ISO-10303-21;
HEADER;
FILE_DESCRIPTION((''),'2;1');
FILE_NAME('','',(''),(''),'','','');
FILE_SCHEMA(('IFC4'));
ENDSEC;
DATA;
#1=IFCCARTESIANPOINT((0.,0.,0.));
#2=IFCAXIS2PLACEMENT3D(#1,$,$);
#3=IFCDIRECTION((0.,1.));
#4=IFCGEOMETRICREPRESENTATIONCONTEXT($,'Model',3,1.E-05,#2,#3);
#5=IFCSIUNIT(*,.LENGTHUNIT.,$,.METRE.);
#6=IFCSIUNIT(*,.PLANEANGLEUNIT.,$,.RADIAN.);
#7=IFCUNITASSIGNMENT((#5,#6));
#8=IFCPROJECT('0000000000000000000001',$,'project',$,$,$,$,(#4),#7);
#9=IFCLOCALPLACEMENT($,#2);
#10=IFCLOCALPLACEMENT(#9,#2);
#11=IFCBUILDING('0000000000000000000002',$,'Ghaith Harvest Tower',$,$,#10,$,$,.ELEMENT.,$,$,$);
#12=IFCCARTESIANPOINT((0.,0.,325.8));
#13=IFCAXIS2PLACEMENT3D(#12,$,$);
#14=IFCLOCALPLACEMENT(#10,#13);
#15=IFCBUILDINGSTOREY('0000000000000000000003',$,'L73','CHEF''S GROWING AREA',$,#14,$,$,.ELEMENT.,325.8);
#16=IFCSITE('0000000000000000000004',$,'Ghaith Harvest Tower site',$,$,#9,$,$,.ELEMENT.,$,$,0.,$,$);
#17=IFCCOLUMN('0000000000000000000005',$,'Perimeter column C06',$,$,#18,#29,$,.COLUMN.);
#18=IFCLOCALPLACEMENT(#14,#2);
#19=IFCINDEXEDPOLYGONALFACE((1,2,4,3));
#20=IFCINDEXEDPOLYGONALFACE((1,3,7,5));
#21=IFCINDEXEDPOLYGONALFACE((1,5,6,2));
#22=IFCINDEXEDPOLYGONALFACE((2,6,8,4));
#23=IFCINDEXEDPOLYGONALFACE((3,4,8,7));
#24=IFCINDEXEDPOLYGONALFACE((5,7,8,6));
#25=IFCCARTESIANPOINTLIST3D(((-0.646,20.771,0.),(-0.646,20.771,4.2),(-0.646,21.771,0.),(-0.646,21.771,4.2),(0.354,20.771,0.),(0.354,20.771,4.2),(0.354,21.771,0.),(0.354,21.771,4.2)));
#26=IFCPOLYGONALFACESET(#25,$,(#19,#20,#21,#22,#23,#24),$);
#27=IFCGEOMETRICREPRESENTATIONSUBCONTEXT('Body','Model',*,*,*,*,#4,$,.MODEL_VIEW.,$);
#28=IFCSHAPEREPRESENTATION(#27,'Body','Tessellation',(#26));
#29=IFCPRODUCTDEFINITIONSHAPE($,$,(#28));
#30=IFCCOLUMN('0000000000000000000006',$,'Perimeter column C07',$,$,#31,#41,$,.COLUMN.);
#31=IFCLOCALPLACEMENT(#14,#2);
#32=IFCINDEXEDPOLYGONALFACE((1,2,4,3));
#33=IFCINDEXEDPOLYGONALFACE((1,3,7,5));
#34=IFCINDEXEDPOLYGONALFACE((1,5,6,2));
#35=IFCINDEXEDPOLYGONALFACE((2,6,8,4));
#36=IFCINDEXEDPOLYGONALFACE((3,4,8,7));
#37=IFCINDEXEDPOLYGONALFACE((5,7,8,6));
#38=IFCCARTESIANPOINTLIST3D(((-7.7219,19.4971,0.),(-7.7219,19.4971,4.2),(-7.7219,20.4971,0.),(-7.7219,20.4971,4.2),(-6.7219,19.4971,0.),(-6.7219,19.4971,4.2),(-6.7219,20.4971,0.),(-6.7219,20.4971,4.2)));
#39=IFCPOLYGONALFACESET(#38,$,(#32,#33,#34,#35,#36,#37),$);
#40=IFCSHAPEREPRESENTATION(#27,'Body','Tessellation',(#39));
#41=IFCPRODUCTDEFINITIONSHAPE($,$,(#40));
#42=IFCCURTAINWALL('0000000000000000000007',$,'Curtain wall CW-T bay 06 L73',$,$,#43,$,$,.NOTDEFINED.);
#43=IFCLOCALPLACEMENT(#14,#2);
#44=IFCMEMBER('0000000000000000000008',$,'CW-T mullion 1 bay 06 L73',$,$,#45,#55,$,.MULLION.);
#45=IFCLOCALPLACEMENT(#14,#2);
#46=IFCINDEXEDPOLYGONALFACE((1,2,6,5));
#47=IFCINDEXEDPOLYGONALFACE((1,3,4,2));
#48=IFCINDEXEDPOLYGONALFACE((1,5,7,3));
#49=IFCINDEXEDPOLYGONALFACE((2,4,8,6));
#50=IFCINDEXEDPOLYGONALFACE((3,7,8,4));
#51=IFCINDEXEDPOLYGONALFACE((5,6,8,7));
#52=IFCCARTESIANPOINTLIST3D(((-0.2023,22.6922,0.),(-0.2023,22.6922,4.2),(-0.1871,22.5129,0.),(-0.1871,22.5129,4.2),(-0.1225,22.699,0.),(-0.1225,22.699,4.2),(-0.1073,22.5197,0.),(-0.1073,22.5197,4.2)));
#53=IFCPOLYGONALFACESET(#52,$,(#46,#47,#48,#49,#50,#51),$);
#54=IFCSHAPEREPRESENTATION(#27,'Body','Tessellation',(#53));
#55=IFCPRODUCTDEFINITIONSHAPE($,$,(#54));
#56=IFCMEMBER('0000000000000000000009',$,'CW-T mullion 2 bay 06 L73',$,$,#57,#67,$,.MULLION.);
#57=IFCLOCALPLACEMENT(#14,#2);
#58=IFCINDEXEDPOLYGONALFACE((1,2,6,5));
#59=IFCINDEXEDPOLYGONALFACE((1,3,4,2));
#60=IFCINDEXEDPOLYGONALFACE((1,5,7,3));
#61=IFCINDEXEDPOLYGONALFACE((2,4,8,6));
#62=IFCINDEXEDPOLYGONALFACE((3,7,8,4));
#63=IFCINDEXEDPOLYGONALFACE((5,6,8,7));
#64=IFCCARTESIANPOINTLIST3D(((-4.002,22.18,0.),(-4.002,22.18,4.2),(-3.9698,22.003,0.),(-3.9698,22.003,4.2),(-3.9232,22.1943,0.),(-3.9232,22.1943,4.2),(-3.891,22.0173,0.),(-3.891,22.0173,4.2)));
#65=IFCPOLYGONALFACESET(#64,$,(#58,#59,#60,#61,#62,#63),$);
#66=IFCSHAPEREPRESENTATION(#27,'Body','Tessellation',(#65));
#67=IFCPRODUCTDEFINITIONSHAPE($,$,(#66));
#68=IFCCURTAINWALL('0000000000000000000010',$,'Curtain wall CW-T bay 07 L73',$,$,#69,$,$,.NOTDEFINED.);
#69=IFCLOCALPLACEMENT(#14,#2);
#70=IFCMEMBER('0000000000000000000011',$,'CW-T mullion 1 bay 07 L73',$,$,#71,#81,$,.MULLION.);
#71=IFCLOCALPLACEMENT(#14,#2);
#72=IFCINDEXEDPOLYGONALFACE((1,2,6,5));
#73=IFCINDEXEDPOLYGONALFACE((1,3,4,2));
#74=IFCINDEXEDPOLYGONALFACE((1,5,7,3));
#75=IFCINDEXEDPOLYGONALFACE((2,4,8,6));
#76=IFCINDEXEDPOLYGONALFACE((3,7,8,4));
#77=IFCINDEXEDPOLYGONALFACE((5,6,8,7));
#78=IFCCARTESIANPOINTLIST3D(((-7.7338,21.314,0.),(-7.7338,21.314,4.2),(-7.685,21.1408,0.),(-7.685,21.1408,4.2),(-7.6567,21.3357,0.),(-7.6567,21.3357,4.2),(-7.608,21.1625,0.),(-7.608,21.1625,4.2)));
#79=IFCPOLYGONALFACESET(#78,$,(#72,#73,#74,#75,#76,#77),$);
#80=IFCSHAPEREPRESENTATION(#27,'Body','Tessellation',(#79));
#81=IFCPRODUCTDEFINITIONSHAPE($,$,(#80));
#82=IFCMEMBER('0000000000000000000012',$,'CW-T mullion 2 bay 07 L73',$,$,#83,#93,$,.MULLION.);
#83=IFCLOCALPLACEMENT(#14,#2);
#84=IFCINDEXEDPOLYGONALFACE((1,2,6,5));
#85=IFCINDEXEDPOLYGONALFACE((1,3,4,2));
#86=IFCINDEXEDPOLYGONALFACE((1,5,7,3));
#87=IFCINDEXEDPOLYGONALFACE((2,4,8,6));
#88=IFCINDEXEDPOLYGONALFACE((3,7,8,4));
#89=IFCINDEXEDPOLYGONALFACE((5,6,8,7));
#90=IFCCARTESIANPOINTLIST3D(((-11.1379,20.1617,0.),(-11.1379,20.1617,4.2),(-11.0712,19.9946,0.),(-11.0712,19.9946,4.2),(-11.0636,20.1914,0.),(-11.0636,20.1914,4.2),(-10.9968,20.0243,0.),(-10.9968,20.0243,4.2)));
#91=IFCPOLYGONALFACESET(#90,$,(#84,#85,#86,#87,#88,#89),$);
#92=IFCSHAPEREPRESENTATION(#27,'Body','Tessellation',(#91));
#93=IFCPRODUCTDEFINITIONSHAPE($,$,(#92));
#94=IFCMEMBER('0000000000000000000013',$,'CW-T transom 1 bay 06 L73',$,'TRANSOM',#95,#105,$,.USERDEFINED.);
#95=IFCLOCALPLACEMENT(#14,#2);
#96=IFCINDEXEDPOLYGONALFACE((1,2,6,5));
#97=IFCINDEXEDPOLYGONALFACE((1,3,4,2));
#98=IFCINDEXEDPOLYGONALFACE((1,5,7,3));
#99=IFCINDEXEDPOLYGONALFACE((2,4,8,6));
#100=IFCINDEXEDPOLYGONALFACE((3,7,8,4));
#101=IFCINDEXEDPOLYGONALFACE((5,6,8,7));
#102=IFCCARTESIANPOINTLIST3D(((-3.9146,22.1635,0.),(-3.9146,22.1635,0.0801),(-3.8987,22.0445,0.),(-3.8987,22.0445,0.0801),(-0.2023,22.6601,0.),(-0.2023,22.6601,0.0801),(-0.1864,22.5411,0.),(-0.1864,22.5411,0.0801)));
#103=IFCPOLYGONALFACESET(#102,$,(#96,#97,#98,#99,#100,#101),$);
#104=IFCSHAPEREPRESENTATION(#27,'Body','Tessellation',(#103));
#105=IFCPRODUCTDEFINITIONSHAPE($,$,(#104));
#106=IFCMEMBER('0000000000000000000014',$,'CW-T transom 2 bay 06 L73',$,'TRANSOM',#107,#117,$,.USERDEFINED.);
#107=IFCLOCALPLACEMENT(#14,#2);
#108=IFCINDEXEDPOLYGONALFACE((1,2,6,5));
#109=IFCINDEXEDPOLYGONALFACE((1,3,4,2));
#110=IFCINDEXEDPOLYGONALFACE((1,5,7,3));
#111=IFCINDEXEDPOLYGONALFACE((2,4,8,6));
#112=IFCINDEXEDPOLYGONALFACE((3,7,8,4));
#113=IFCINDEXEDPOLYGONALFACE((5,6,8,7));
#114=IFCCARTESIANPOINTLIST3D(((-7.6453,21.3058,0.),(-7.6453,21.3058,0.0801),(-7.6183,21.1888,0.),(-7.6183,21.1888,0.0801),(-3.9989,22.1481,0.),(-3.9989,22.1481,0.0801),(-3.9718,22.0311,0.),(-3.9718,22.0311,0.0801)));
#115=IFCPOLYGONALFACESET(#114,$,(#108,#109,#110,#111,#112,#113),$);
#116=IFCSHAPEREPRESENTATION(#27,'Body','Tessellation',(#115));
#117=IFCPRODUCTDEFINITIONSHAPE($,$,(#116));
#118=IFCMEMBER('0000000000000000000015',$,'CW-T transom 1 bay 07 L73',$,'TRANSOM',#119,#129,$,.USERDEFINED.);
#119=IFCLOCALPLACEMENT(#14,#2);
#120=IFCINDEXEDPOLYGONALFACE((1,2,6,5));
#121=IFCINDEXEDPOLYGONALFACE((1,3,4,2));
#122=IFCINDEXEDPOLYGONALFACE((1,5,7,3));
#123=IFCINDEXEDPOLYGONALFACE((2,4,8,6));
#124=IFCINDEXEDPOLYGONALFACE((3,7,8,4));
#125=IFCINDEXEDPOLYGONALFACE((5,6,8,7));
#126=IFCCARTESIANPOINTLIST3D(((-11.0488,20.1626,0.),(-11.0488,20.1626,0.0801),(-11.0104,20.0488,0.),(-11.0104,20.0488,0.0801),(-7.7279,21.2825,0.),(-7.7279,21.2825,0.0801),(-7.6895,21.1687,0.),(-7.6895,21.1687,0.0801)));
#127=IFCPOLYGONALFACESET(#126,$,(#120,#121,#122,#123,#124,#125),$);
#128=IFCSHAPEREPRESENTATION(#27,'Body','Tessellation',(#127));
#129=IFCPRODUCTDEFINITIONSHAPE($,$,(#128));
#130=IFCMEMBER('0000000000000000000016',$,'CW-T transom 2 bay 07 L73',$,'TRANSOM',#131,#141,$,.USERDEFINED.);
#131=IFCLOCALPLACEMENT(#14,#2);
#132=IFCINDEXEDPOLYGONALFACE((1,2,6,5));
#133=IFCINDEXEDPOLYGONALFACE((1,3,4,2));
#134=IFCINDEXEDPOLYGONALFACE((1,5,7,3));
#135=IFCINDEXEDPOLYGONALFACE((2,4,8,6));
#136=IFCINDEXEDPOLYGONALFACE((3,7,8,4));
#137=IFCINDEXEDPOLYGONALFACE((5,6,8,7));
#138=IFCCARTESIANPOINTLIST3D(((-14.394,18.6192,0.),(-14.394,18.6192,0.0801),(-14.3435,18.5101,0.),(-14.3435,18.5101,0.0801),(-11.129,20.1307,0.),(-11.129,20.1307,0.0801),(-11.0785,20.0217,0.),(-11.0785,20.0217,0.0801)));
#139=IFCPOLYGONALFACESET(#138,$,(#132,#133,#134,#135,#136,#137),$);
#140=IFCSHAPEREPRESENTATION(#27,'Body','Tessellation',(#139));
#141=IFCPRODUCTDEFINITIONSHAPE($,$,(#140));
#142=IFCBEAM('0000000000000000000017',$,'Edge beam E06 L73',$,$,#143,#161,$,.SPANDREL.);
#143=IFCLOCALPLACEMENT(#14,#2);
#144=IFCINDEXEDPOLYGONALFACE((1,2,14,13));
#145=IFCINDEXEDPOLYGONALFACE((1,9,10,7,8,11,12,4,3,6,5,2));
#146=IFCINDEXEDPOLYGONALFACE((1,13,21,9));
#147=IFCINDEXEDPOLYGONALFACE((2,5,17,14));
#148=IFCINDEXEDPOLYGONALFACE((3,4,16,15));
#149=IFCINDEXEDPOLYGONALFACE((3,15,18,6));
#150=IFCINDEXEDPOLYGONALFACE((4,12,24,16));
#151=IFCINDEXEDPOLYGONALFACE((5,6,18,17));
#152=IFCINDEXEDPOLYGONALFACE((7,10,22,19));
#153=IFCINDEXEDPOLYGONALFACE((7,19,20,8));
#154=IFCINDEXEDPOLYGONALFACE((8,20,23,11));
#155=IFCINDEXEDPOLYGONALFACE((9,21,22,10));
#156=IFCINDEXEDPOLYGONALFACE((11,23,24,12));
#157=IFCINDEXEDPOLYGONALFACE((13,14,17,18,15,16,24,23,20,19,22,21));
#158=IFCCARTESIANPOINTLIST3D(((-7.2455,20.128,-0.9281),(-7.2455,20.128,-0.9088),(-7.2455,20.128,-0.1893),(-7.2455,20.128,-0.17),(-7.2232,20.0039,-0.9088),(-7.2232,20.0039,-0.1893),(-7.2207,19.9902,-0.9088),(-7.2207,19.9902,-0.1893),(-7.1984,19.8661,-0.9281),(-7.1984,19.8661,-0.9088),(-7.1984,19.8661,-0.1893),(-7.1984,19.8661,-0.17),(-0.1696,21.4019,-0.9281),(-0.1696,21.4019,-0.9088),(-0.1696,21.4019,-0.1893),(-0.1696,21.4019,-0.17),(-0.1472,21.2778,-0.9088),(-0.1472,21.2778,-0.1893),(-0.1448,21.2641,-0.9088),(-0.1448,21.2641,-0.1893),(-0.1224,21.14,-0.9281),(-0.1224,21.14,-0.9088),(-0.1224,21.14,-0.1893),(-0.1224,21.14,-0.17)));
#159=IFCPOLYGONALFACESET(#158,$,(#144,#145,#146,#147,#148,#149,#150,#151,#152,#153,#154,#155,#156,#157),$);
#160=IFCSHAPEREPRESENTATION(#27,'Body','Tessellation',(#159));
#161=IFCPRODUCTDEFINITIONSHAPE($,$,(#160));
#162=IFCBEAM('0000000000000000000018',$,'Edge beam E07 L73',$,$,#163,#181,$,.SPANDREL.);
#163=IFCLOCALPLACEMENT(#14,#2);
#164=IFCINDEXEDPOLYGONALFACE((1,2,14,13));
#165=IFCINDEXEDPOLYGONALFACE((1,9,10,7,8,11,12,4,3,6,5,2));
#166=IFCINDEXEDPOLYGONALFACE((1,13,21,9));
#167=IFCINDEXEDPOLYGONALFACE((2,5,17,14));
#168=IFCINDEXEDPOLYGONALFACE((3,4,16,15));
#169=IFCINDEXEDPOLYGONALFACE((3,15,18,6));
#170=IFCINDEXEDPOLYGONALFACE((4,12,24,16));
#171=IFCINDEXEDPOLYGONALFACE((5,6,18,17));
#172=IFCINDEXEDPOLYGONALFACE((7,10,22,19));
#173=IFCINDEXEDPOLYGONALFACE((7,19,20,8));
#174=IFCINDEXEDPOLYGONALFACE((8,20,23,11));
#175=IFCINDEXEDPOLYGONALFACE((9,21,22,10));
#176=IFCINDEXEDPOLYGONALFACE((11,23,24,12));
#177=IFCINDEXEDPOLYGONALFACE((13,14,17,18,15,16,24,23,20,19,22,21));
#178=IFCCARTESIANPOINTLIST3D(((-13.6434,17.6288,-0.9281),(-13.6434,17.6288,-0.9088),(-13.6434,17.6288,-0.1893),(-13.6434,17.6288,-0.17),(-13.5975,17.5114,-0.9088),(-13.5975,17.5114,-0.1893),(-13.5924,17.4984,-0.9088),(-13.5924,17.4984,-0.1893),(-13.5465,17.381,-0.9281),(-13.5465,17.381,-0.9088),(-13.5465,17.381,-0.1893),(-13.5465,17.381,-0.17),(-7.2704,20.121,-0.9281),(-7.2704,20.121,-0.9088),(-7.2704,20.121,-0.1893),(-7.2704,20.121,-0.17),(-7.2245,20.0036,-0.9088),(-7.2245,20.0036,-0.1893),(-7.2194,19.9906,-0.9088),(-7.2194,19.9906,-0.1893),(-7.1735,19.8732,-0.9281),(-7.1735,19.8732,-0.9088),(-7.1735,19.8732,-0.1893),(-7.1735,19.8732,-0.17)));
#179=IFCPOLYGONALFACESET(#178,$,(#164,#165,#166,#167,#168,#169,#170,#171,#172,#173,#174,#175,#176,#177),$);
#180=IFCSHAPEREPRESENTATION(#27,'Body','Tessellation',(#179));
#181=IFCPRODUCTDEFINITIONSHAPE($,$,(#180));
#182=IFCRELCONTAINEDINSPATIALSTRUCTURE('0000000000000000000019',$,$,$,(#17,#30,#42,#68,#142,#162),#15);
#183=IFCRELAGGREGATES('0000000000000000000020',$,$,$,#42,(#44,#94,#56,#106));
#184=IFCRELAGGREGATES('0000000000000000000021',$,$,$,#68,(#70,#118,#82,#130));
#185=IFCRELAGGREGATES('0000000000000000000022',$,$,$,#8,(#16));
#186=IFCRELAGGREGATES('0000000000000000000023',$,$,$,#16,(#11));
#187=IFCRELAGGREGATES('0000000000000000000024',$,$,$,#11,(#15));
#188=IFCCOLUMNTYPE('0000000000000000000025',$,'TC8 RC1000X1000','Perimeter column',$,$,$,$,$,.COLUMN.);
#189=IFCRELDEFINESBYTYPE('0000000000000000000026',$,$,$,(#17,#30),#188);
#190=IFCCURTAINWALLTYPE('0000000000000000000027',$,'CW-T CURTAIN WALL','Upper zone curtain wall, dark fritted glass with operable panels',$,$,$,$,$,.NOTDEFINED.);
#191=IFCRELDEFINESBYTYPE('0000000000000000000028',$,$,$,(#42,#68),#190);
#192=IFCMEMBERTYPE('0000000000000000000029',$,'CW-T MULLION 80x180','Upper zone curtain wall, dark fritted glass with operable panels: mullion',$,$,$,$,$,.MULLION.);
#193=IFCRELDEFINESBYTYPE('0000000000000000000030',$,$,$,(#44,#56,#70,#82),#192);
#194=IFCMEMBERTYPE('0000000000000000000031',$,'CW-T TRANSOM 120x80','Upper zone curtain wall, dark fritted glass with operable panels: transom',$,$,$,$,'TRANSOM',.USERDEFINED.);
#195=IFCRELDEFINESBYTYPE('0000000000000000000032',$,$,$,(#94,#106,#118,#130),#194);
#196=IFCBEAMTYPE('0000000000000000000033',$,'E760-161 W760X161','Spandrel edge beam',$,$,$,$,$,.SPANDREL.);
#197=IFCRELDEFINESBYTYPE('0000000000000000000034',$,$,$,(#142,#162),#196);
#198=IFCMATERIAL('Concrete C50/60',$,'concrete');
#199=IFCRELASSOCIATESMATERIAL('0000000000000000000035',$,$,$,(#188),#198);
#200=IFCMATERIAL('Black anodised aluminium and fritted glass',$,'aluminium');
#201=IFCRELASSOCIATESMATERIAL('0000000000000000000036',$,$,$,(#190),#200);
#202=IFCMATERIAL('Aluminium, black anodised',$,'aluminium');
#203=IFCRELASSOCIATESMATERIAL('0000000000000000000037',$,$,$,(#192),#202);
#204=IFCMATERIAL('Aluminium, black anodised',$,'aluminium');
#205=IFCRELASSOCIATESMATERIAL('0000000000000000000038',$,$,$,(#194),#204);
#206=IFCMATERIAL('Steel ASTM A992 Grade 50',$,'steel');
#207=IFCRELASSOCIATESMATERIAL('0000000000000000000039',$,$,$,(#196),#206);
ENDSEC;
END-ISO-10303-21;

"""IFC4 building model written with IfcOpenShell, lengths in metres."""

from ifc_helpers import new_model, si_unit, direction, frame, origin, origin_2d, place, context, subcontext, project, spatial, rectangle, i_section, extrude, material, material_profile, profile_set, type_object, element, aggregate, save


model = new_model("IFC4")

# Units and contexts
model_context = context("Model", 3, precision=1e-05, world=origin(), true_north=direction((0.0, 1.0)))
body_context = subcontext(model_context, "Body", "Model", "MODEL_VIEW")
ifc_project = project(units=[si_unit("LENGTHUNIT", "METRE"), si_unit("PLANEANGLEUNIT", "RADIAN")], contexts=[model_context])

# Site, building, storey
site_placement = place(None, origin())
site = spatial("IfcSite", under=ifc_project, at=site_placement, Name="Ghaith Harvest Tower site", CompositionType="ELEMENT", RefElevation=0.0)
building_placement = place(site_placement, origin())
building = spatial("IfcBuilding", under=site, at=building_placement, Name="Ghaith Harvest Tower", CompositionType="ELEMENT")
storey_placement = place(building_placement, frame((0.0, 0.0, 325.8)))
storey = spatial("IfcBuildingStorey", under=building, at=storey_placement, Name="L73", Description="CHEF'S GROWING AREA", CompositionType="ELEMENT", Elevation=325.8)

# Columns
ifc_material_1 = material(Name="Concrete C50/60", Category="concrete")
ifc_material_profile_1 = material_profile(ifc_material_1, rectangle(XDim=1.0, YDim=1.0, at=origin_2d()), Name="RC1000X1000")
ifc_profile_set_1 = profile_set([ifc_material_profile_1], Name="Concrete C50/60")
column_type = type_object("IfcColumnType", Name="TC8 RC1000X1000", Description="Perimeter column", PredefinedType="COLUMN", material=ifc_profile_set_1)
for number, where, z_axis, x_axis, name in (
    (1, (-0.146, 21.271, 0.0), (0.0, 0.0, 1.0), (1.0, 0.0, 0.0), "Perimeter column C06"),
    (2, (-7.2219, 19.9971, 0.0), (0.0, 0.0, 1.0), (1.0, 0.0, 0.0), "Perimeter column C07"),
):
    element("IfcColumn", number, at=place(storey_placement, frame(where, z_axis=z_axis, x_axis=x_axis)), inside=storey, type_object=column_type, Name=name, PredefinedType="COLUMN", context=body_context, shape_type="SweptSolid", body=[
        extrude(rectangle(XDim=1.0, YDim=1.0, at=origin_2d()), origin(), (0.0, 0.0, 1.0), 4.2),
    ])

# Curtain walls, members
ifc_material_2 = material(Name="Black anodised aluminium and fritted glass", Category="aluminium")
curtain_wall_type = type_object("IfcCurtainWallType", Name="CW-T CURTAIN WALL", Description="Upper zone curtain wall, dark fritted glass with operable panels", PredefinedType="NOTDEFINED", material=ifc_material_2)
curtain_wall_1_placement = place(storey_placement, origin())
curtain_wall_1 = element("IfcCurtainWall", 3, at=curtain_wall_1_placement, inside=storey, type_object=curtain_wall_type, Name="Curtain wall CW-T bay 06 L73", PredefinedType="NOTDEFINED")
ifc_material_3 = material(Name="Aluminium, black anodised", Category="aluminium")
ifc_material_profile_2 = material_profile(ifc_material_3, rectangle(XDim=0.0801, YDim=0.1799, at=origin_2d()), Name="CW-T MULLION 80x180")
ifc_profile_set_2 = profile_set([ifc_material_profile_2], Name="Aluminium, black anodised")
member_type_1 = type_object("IfcMemberType", Name="CW-T MULLION 80x180", Description="Upper zone curtain wall, dark fritted glass with operable panels: mullion", PredefinedType="MULLION", material=ifc_profile_set_2)
member_1_placement = place(storey_placement, frame((-0.1548, 22.606, 0.0), z_axis=(0.0, 0.0, 1.0), x_axis=(-0.996415, -0.084602, 0.0)))
member_1 = element("IfcMember", 4, at=member_1_placement, type_object=member_type_1, Name="CW-T mullion 1 bay 06 L73", PredefinedType="MULLION", context=body_context, shape_type="SweptSolid", body=[
    extrude(rectangle(XDim=0.0801, YDim=0.1799, at=origin_2d()), origin(), (0.0, 0.0, 1.0), 4.2),
])
member_2_placement = place(storey_placement, frame((-3.9465, 22.0986, 0.0), z_axis=(0.0, 0.0, 1.0), x_axis=(-0.983843, -0.179031, 0.0)))
member_2 = element("IfcMember", 5, at=member_2_placement, type_object=member_type_1, Name="CW-T mullion 2 bay 06 L73", PredefinedType="MULLION", context=body_context, shape_type="SweptSolid", body=[
    extrude(rectangle(XDim=0.0801, YDim=0.1799, at=origin_2d()), origin(), (0.0, 0.0, 1.0), 4.2),
])
curtain_wall_2_placement = place(storey_placement, origin())
curtain_wall_2 = element("IfcCurtainWall", 6, at=curtain_wall_2_placement, inside=storey, type_object=curtain_wall_type, Name="Curtain wall CW-T bay 07 L73", PredefinedType="NOTDEFINED")
member_3_placement = place(storey_placement, frame((-7.6709, 21.2383, 0.0), z_axis=(0.0, 0.0, 1.0), x_axis=(-0.962552, -0.271095, 0.0)))
member_3 = element("IfcMember", 7, at=member_3_placement, type_object=member_type_1, Name="CW-T mullion 1 bay 07 L73", PredefinedType="MULLION", context=body_context, shape_type="SweptSolid", body=[
    extrude(rectangle(XDim=0.0801, YDim=0.1799, at=origin_2d()), origin(), (0.0, 0.0, 1.0), 4.2),
])
member_4_placement = place(storey_placement, frame((-11.0674, 20.093, 0.0), z_axis=(0.0, 0.0, 1.0), x_axis=(-0.928624, -0.371021, 0.0)))
member_4 = element("IfcMember", 8, at=member_4_placement, type_object=member_type_1, Name="CW-T mullion 2 bay 07 L73", PredefinedType="MULLION", context=body_context, shape_type="SweptSolid", body=[
    extrude(rectangle(XDim=0.0801, YDim=0.1799, at=origin_2d()), origin(), (0.0, 0.0, 1.0), 4.2),
])

# Members
ifc_material_4 = material(Name="Aluminium, black anodised", Category="aluminium")
ifc_material_profile_3 = material_profile(ifc_material_4, rectangle(XDim=0.1201, YDim=0.0801, at=origin_2d()), Name="CW-T TRANSOM 120x80")
ifc_profile_set_3 = profile_set([ifc_material_profile_3], Name="Aluminium, black anodised")
member_type_2 = type_object("IfcMemberType", Name="CW-T TRANSOM 120x80", Description="Upper zone curtain wall, dark fritted glass with operable panels: transom", ElementType="TRANSOM", PredefinedType="USERDEFINED", material=ifc_profile_set_3)
member_5_placement = place(storey_placement, frame((-0.1943, 22.6006, 0.04), z_axis=(-0.991172, -0.132582, 0.0), x_axis=(0.132582, -0.991172, 0.0)))
member_5 = element("IfcMember", 9, at=member_5_placement, type_object=member_type_2, Name="CW-T transom 1 bay 06 L73", ObjectType="TRANSOM", PredefinedType="USERDEFINED", context=body_context, shape_type="SweptSolid", body=[
    extrude(rectangle(XDim=0.1201, YDim=0.0801, at=origin_2d()), origin(), (0.0, 0.0, 1.0), 3.7454),
])
member_6_placement = place(storey_placement, frame((-3.9854, 22.0896, 0.04), z_axis=(-0.974345, -0.22506, 0.0), x_axis=(0.22506, -0.974345, 0.0)))
member_6 = element("IfcMember", 10, at=member_6_placement, type_object=member_type_2, Name="CW-T transom 2 bay 06 L73", ObjectType="TRANSOM", PredefinedType="USERDEFINED", context=body_context, shape_type="SweptSolid", body=[
    extrude(rectangle(XDim=0.1201, YDim=0.0801, at=origin_2d()), origin(), (0.0, 0.0, 1.0), 3.7424),
])
member_7_placement = place(storey_placement, frame((-7.7087, 21.2256, 0.04), z_axis=(-0.94757, -0.319549, 0.0), x_axis=(0.319549, -0.94757, 0.0)))
member_7 = element("IfcMember", 11, at=member_7_placement, type_object=member_type_2, Name="CW-T transom 1 bay 07 L73", ObjectType="TRANSOM", PredefinedType="USERDEFINED", context=body_context, shape_type="SweptSolid", body=[
    extrude(rectangle(XDim=0.1201, YDim=0.0801, at=origin_2d()), origin(), (0.0, 0.0, 1.0), 3.5046),
])
member_8_placement = place(storey_placement, frame((-11.1038, 20.0762, 0.04), z_axis=(-0.907472, -0.420112, 0.0), x_axis=(0.420112, -0.907472, 0.0)))
member_8 = element("IfcMember", 12, at=member_8_placement, type_object=member_type_2, Name="CW-T transom 2 bay 07 L73", ObjectType="TRANSOM", PredefinedType="USERDEFINED", context=body_context, shape_type="SweptSolid", body=[
    extrude(rectangle(XDim=0.1201, YDim=0.0801, at=origin_2d()), origin(), (0.0, 0.0, 1.0), 3.5979),
])

# Beams
ifc_material_5 = material(Name="Steel ASTM A992 Grade 50", Category="steel")
ifc_material_profile_4 = material_profile(ifc_material_5, i_section(OverallWidth=0.2661, OverallDepth=0.7581, WebThickness=0.0139, FlangeThickness=0.0193, at=origin_2d()), Name="W760X161")
ifc_profile_set_4 = profile_set([ifc_material_profile_4], Name="Steel ASTM A992 Grade 50")
beam_type_1 = type_object("IfcBeamType", Name="E760-161 W760X161", Description="Spandrel edge beam", PredefinedType="SPANDREL", material=ifc_profile_set_4)
beam_1_placement = place(storey_placement, frame((-0.146, 21.271, -0.5491), z_axis=(-0.984177, -0.177188, 0.0), x_axis=(0.177188, -0.984177, 0.0)))
element("IfcBeam", 13, at=beam_1_placement, inside=storey, type_object=beam_type_1, Name="Edge beam E06 L73", PredefinedType="SPANDREL", context=body_context, shape_type="SweptSolid", body=[
    extrude(i_section(OverallWidth=0.2661, OverallDepth=0.7581, WebThickness=0.0139, FlangeThickness=0.0193, at=origin_2d()), origin(), (0.0, 0.0, 1.0), 7.1897),
])
beam_2_placement = place(storey_placement, frame((-7.2219, 19.9971, -0.5491), z_axis=(-0.931323, -0.364195, 0.0), x_axis=(0.364195, -0.931323, 0.0)))
element("IfcBeam", 14, at=beam_2_placement, inside=storey, type_object=beam_type_1, Name="Edge beam E07 L73", PredefinedType="SPANDREL", context=body_context, shape_type="SweptSolid", body=[
    extrude(i_section(OverallWidth=0.2661, OverallDepth=0.7581, WebThickness=0.0139, FlangeThickness=0.0193, at=origin_2d()), origin(), (0.0, 0.0, 1.0), 6.843),
])

aggregate(curtain_wall_1, [member_1, member_5, member_2, member_6])
aggregate(curtain_wall_2, [member_3, member_7, member_4, member_8])

save(model, "model.ifc")
